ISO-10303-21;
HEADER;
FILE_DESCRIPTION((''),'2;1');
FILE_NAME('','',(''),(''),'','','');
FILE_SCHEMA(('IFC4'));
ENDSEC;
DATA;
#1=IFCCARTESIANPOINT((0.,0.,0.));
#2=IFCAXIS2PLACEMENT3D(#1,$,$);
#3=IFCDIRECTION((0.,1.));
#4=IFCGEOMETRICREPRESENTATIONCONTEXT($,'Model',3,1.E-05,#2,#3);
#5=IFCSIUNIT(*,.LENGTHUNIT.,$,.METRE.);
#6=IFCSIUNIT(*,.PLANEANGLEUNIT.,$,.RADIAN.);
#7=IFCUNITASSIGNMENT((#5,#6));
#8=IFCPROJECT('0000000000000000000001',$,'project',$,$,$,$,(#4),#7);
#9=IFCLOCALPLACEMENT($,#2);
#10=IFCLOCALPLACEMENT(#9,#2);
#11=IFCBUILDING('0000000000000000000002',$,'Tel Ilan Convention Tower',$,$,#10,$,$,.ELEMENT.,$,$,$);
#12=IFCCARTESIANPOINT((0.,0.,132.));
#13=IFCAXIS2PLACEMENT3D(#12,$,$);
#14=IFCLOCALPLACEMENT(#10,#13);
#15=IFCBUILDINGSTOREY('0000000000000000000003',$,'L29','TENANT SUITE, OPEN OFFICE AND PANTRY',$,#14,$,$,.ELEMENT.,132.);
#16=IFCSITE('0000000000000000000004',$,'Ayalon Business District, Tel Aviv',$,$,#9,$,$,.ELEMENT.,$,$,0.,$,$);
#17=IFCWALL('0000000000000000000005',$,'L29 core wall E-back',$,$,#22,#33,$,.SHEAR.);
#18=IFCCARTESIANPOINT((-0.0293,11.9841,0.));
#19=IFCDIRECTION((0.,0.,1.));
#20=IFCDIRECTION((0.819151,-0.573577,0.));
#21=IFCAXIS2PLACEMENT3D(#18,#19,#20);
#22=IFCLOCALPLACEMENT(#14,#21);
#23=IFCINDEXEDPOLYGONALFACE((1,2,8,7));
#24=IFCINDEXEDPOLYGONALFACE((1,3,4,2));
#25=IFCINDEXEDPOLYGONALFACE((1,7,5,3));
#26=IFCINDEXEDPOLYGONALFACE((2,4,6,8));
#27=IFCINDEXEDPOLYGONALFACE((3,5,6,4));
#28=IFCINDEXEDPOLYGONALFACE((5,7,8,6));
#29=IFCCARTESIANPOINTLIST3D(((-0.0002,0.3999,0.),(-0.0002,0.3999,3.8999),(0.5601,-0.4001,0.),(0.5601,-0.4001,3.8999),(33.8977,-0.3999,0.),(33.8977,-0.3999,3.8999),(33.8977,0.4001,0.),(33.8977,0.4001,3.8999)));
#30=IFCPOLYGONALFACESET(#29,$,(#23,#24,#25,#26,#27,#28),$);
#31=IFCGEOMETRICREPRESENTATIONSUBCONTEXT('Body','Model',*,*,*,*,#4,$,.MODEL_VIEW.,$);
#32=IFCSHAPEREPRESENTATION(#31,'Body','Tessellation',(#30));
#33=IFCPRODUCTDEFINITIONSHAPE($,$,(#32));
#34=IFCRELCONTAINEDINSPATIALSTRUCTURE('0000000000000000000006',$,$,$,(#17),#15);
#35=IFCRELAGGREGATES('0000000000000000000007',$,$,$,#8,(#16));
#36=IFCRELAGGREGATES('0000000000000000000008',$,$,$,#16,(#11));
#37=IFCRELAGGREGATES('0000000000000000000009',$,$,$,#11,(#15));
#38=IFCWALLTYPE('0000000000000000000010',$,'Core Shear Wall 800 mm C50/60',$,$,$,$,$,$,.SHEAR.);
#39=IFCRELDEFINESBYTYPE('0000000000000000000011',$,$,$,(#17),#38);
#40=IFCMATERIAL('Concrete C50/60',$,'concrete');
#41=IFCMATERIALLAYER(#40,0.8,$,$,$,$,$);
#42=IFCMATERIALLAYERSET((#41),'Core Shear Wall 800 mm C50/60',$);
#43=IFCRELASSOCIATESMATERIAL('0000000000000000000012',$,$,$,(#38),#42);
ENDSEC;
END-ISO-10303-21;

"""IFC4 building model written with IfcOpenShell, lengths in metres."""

from ifc_helpers import new_model, si_unit, direction, frame, origin, place, context, subcontext, project, spatial, polyline, outline, extrude, material, layer, layer_set, type_object, element, save


model = new_model("IFC4")

# Units and contexts
model_context = context("Model", 3, precision=1e-05, world=origin(), true_north=direction((0.0, 1.0)))
body_context = subcontext(model_context, "Body", "Model", "MODEL_VIEW")
ifc_project = project(units=[si_unit("LENGTHUNIT", "METRE"), si_unit("PLANEANGLEUNIT", "RADIAN")], contexts=[model_context])

# Site, building, storey
site_placement = place(None, origin())
site = spatial("IfcSite", under=ifc_project, at=site_placement, Name="Ayalon Business District, Tel Aviv", CompositionType="ELEMENT", RefElevation=0.0)
building_placement = place(site_placement, origin())
building = spatial("IfcBuilding", under=site, at=building_placement, Name="Tel Ilan Convention Tower", CompositionType="ELEMENT")
storey_placement = place(building_placement, frame((0.0, 0.0, 132.0)))
storey = spatial("IfcBuildingStorey", under=building, at=storey_placement, Name="L29", Description="TENANT SUITE, OPEN OFFICE AND PANTRY", CompositionType="ELEMENT", Elevation=132.0)

# Wall
ifc_material_1 = material(Name="Concrete C50/60", Category="concrete")
ifc_layer_1 = layer(ifc_material_1, 0.8)
ifc_layer_set_1 = layer_set([ifc_layer_1], Name="Core Shear Wall 800 mm C50/60")
wall_type_1 = type_object("IfcWallType", Name="Core Shear Wall 800 mm C50/60", PredefinedType="SHEAR", material=ifc_layer_set_1)
wall_1_placement = place(storey_placement, frame((-0.0293, 11.9841, 0.0), z_axis=(0.0, 0.0, 1.0), x_axis=(0.819151, -0.573577, 0.0)))
element("IfcWall", 1, at=wall_1_placement, inside=storey, type_object=wall_type_1, Name="L29 core wall E-back", PredefinedType="SHEAR", context=body_context, shape_type="SweptSolid", body=[
    extrude(outline(polyline([(33.8977, 0.4001), (-0.0002, 0.3999), (0.5601, -0.4001), (33.8977, -0.3999), (33.8977, 0.4001)])), origin(), (0.0, 0.0, 1.0), 3.8999),
])

save(model, "model.ifc")
